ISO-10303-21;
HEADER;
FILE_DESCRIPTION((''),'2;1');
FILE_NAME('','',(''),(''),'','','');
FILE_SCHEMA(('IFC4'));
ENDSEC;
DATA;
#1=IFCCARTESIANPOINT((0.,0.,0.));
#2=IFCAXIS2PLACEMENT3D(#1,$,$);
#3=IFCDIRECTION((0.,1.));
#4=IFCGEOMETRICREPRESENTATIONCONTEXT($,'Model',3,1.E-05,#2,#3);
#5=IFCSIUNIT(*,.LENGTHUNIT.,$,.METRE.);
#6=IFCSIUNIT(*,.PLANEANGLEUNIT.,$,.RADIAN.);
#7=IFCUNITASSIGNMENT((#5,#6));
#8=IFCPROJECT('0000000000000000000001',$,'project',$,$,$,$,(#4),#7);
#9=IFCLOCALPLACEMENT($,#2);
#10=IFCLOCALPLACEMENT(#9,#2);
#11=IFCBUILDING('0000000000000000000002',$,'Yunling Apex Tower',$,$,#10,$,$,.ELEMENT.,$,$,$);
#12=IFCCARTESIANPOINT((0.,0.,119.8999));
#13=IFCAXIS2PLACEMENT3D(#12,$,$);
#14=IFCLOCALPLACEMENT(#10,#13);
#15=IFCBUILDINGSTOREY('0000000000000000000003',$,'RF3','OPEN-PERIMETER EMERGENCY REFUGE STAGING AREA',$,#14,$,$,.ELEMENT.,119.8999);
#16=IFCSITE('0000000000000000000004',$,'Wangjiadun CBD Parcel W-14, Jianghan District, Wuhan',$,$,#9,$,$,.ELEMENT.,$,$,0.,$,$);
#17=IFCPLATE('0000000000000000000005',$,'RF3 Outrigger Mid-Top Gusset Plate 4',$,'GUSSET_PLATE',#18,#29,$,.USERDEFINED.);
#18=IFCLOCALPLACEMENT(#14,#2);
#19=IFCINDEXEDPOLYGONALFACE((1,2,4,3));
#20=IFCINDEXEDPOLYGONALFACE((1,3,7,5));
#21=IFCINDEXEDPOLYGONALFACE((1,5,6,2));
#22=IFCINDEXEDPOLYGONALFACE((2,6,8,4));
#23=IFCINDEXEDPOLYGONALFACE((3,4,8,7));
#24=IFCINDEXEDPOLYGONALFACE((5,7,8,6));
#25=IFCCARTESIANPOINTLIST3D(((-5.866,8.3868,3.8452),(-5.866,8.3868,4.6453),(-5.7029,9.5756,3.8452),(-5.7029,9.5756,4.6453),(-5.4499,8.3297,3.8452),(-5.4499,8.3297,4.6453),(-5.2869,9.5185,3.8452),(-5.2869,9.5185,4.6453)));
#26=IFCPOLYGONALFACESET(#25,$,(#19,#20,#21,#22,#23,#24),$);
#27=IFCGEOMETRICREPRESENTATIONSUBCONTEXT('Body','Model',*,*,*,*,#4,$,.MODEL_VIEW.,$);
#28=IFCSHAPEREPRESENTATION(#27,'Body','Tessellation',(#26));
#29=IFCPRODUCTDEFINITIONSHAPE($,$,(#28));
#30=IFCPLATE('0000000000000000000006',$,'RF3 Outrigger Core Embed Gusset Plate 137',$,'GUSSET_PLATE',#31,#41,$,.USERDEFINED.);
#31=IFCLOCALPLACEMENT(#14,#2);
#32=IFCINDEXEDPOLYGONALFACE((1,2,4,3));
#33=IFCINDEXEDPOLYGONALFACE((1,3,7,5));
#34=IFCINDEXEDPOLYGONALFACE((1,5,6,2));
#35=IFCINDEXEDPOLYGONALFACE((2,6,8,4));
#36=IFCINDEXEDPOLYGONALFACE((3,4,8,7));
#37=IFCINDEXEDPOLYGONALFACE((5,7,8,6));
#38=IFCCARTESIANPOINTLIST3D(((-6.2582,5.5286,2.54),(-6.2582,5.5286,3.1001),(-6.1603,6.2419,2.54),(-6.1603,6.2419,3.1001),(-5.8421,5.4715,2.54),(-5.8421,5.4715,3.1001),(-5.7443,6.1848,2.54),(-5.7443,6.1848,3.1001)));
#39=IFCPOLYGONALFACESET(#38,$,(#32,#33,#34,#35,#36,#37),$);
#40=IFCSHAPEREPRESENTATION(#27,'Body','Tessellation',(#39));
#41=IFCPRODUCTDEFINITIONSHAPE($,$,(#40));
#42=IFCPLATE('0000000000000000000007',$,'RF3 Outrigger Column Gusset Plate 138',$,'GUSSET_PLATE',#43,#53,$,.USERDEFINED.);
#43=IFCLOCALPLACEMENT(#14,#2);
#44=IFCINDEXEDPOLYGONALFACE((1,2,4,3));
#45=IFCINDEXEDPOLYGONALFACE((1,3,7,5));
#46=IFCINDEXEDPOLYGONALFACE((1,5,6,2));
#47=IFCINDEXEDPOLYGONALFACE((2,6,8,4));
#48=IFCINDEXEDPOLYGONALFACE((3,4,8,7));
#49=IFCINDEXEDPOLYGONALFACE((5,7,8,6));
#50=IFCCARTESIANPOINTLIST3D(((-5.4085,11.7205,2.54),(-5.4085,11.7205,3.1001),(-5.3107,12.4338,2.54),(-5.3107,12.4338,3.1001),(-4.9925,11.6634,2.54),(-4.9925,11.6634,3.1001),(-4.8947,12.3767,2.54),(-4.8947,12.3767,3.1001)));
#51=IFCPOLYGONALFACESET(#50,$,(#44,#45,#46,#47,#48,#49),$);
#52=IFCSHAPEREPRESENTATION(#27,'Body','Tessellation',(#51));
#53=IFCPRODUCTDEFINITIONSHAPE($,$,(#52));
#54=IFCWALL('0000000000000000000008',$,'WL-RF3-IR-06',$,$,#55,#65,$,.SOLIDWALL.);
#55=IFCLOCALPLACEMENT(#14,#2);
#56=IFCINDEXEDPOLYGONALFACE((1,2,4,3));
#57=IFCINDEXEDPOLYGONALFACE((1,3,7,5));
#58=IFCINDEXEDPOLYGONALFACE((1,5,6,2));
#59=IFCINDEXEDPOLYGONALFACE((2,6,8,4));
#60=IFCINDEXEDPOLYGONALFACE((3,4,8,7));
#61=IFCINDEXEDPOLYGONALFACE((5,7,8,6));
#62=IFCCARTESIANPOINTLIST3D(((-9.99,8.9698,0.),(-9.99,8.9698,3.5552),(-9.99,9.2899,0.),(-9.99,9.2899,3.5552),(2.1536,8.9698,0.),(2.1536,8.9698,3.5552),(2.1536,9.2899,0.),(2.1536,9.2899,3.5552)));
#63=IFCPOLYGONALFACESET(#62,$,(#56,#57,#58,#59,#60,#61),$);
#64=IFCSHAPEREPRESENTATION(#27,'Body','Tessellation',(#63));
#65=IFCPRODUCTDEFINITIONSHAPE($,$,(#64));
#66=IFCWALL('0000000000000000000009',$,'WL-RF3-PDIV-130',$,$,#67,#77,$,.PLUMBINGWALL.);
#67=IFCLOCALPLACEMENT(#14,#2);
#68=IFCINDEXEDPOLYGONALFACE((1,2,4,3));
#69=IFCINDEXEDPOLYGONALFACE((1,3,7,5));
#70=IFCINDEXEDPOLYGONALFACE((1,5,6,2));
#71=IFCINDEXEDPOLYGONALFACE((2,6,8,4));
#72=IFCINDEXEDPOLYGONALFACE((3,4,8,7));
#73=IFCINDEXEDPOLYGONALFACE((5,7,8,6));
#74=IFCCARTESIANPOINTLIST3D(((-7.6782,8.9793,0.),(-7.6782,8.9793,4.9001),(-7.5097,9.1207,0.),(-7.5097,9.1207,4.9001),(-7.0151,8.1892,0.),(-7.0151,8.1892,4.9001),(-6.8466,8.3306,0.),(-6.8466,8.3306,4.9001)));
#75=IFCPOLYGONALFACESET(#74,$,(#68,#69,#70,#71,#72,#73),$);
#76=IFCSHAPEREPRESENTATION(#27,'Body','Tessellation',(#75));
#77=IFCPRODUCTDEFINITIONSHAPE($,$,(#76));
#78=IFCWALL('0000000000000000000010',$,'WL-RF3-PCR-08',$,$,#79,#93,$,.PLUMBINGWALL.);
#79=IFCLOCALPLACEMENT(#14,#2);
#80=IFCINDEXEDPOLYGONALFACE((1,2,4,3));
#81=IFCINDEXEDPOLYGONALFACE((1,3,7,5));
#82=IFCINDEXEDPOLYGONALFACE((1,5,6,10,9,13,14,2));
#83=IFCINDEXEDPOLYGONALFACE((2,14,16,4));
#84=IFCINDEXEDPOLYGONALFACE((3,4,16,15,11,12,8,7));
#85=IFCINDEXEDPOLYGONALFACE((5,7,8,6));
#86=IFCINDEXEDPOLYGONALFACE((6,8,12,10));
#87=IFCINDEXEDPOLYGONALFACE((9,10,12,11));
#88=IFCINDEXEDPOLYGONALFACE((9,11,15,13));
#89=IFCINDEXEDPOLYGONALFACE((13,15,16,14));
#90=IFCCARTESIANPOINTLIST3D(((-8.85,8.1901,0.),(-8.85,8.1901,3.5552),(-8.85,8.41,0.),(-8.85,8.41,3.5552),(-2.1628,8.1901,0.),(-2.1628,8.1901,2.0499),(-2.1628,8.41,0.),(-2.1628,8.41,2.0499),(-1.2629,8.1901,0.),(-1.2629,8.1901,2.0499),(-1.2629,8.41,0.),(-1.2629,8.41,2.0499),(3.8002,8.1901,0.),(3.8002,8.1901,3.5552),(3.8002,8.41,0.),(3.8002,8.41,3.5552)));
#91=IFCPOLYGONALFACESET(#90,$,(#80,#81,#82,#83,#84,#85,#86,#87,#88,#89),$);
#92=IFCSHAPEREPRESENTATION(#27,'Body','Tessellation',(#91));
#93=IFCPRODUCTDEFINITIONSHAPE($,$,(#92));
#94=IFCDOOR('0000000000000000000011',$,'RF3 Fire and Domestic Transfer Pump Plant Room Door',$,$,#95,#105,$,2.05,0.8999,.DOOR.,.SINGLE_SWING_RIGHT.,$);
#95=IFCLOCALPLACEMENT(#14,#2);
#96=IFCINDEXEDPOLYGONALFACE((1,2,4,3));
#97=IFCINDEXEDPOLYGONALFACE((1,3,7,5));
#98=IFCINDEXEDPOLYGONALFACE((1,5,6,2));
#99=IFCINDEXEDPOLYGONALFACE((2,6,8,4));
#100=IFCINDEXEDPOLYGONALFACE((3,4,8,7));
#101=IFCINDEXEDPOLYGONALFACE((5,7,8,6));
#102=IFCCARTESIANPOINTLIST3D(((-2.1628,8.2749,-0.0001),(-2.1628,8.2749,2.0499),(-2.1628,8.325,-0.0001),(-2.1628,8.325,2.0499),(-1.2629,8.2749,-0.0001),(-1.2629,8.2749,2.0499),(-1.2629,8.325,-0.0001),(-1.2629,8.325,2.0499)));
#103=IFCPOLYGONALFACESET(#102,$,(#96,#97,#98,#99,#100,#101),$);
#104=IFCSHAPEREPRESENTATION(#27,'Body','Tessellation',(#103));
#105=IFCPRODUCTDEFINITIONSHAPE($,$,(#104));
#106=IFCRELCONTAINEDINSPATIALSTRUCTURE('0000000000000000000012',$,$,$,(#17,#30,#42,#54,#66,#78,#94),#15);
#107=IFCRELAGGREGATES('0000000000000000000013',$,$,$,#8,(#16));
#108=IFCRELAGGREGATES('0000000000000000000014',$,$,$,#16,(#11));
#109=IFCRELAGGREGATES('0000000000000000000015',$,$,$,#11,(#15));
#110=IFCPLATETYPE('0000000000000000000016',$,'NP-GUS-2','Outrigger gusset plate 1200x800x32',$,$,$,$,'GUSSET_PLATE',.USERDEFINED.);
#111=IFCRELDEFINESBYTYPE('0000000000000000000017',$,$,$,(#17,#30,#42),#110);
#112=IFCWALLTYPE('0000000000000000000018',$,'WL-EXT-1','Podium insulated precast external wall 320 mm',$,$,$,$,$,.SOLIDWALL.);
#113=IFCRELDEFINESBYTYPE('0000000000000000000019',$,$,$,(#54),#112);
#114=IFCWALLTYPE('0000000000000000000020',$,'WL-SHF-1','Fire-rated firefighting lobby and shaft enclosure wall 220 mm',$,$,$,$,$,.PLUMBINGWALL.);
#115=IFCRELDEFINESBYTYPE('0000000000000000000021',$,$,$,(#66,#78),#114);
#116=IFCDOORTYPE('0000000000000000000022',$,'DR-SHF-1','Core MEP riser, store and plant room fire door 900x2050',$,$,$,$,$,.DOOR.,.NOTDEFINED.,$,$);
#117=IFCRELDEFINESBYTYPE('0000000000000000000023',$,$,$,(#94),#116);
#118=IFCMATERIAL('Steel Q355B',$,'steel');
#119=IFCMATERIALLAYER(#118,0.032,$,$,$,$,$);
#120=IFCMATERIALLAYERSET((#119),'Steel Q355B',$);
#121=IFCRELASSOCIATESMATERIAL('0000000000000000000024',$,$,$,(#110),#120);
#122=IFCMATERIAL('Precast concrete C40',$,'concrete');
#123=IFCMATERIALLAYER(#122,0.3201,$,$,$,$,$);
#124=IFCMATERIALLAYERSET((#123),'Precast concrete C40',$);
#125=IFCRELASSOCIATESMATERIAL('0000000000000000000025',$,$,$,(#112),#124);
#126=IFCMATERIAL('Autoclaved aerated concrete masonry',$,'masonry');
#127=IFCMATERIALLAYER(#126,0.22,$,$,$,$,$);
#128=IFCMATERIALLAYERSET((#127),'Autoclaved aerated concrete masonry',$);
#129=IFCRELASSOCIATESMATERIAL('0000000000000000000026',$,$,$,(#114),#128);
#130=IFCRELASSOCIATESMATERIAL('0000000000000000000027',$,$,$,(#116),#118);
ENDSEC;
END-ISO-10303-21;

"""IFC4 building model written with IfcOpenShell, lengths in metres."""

from ifc_helpers import new_model, si_unit, direction, frame, frame_2d, origin, origin_2d, place, context, subcontext, project, spatial, rectangle, extrude, source, transform, mapped, material, layer, layer_set, type_object, element, fill, save


model = new_model("IFC4")

# Units and contexts
model_context = context("Model", 3, precision=1e-05, world=origin(), true_north=direction((0.0, 1.0)))
body_context = subcontext(model_context, "Body", "Model", "MODEL_VIEW")
ifc_project = project(units=[si_unit("LENGTHUNIT", "METRE"), si_unit("PLANEANGLEUNIT", "RADIAN")], contexts=[model_context])

# Site, building, storey
site_placement = place(None, origin())
site = spatial("IfcSite", under=ifc_project, at=site_placement, Name="Wangjiadun CBD Parcel W-14, Jianghan District, Wuhan", CompositionType="ELEMENT", RefElevation=0.0)
building_placement = place(site_placement, origin())
building = spatial("IfcBuilding", under=site, at=building_placement, Name="Yunling Apex Tower", CompositionType="ELEMENT")
storey_placement = place(building_placement, frame((0.0, 0.0, 119.8999)))
storey = spatial("IfcBuildingStorey", under=building, at=storey_placement, Name="RF3", Description="OPEN-PERIMETER EMERGENCY REFUGE STAGING AREA", CompositionType="ELEMENT", Elevation=119.8999)

# Shared definitions
ifc_material_1 = material(Name="Steel Q355B", Category="steel")

# Plates
ifc_layer_1 = layer(ifc_material_1, 0.032)
ifc_layer_set_1 = layer_set([ifc_layer_1], Name="Steel Q355B")
plate_type_1 = type_object("IfcPlateType", Name="NP-GUS-2", Description="Outrigger gusset plate 1200x800x32", ElementType="GUSSET_PLATE", PredefinedType="USERDEFINED", material=ifc_layer_set_1)
shared_shape_1 = source(origin(), body_context, "Body", "SweptSolid", [
    extrude(rectangle(XDim=1.2, YDim=0.4199, at=origin_2d()), origin(), (0.0, 0.0, 1.0), 0.8),
])
plate_1_placement = place(storey_placement, frame((-5.5764, 8.9526, 3.8452), z_axis=(0.0, 0.0, 1.0), x_axis=(0.135888, 0.990724, 0.0)))
element("IfcPlate", 1, at=plate_1_placement, inside=storey, type_object=plate_type_1, Name="RF3 Outrigger Mid-Top Gusset Plate 4", ObjectType="GUSSET_PLATE", PredefinedType="USERDEFINED", context=body_context, shape_type="MappedRepresentation", body=[
    mapped(shared_shape_1, transform((0.0, 0.0, 0.0), scale=1.0)),
])
shared_shape_2 = source(origin(), body_context, "Body", "SweptSolid", [
    extrude(rectangle(XDim=0.72, YDim=0.4199, at=origin_2d()), origin(), (0.0, 0.0, 1.0), 0.5601),
])
for number, where, z_axis, x_axis, name in (
    (2, (-6.0012, 5.8567, 2.54), (0.0, 0.0, 1.0), (0.135888, 0.990724, 0.0), "RF3 Outrigger Core Embed Gusset Plate 137"),
    (3, (-5.1516, 12.0486, 2.54), (0.0, 0.0, 1.0), (0.135888, 0.990724, 0.0), "RF3 Outrigger Column Gusset Plate 138"),
):
    element("IfcPlate", number, at=place(storey_placement, frame(where, z_axis=z_axis, x_axis=x_axis)), inside=storey, type_object=plate_type_1, Name=name, ObjectType="GUSSET_PLATE", PredefinedType="USERDEFINED", context=body_context, shape_type="MappedRepresentation", body=[
        mapped(shared_shape_2, transform((0.0, 0.0, 0.0), scale=1.0)),
    ])

# Walls
ifc_material_2 = material(Name="Precast concrete C40", Category="concrete")
ifc_layer_2 = layer(ifc_material_2, 0.3201)
ifc_layer_set_2 = layer_set([ifc_layer_2], Name="Precast concrete C40")
wall_type_1 = type_object("IfcWallType", Name="WL-EXT-1", Description="Podium insulated precast external wall 320 mm", PredefinedType="SOLIDWALL", material=ifc_layer_set_2)
wall_1_placement = place(storey_placement, frame((-9.99, 9.1299, 0.0), z_axis=(0.0, 0.0, 1.0), x_axis=(1.0, 0.0, 0.0)))
element("IfcWall", 4, at=wall_1_placement, inside=storey, type_object=wall_type_1, Name="WL-RF3-IR-06", PredefinedType="SOLIDWALL", context=body_context, shape_type="SweptSolid", body=[
    extrude(rectangle(XDim=12.1436, YDim=0.3201, at=frame_2d((6.0718, 0.0))), origin(), (0.0, 0.0, 1.0), 3.5552),
])
ifc_material_3 = material(Name="Autoclaved aerated concrete masonry", Category="masonry")
ifc_layer_3 = layer(ifc_material_3, 0.22)
ifc_layer_set_3 = layer_set([ifc_layer_3], Name="Autoclaved aerated concrete masonry")
wall_type_2 = type_object("IfcWallType", Name="WL-SHF-1", Description="Fire-rated firefighting lobby and shaft enclosure wall 220 mm", PredefinedType="PLUMBINGWALL", material=ifc_layer_set_3)
wall_2_placement = place(storey_placement, frame((-6.9309, 8.26, 0.0), z_axis=(0.0, 0.0, 1.0), x_axis=(-0.642881, 0.765966, 0.0)))
element("IfcWall", 5, at=wall_2_placement, inside=storey, type_object=wall_type_2, Name="WL-RF3-PDIV-130", PredefinedType="PLUMBINGWALL", context=body_context, shape_type="SweptSolid", body=[
    extrude(rectangle(XDim=1.0315, YDim=0.22, at=frame_2d((0.5156, 0.0))), origin(), (0.0, 0.0, 1.0), 4.9001),
])

# Wall, opening, door
wall_3_placement = place(storey_placement, frame((-8.8501, 8.3, 0.0), z_axis=(0.0, 0.0, 1.0), x_axis=(1.0, 0.0, 0.0)))
wall_3 = element("IfcWall", 6, at=wall_3_placement, inside=storey, type_object=wall_type_2, Name="WL-RF3-PCR-08", PredefinedType="PLUMBINGWALL", context=body_context, shape_type="SweptSolid", body=[
    extrude(rectangle(XDim=12.6501, YDim=0.22, at=frame_2d((6.3252, 0.0))), origin(), (0.0, 0.0, 1.0), 3.5552),
])
opening_placement = place(wall_3_placement, frame((6.6873, 0.0, 0.0)))
opening = element("IfcOpeningElement", 7, at=opening_placement, cuts=wall_3, PredefinedType="OPENING", context=body_context, shape_type="SweptSolid", body=[
    extrude(rectangle(XDim=0.8999, YDim=2.05, at=frame_2d((0.45, 1.0249))), frame((0.0, 0.1201, 0.0), z_axis=(0.0, -1.0, 0.0), x_axis=(1.0, 0.0, 0.0)), (0.0, 0.0, 1.0), 0.24),
])
door_type = type_object("IfcDoorType", Name="DR-SHF-1", Description="Core MEP riser, store and plant room fire door 900x2050", OperationType="NOTDEFINED", PredefinedType="DOOR", material=ifc_material_1)
door_placement = place(opening_placement, origin())
door = element("IfcDoor", 8, at=door_placement, inside=storey, type_object=door_type, Name="RF3 Fire and Domestic Transfer Pump Plant Room Door", OperationType="SINGLE_SWING_RIGHT", OverallHeight=2.05, OverallWidth=0.8999, PredefinedType="DOOR", context=body_context, shape_type="SweptSolid", body=[
    extrude(rectangle(XDim=0.8999, YDim=2.05, at=frame_2d((0.45, 1.0249))), frame((0.0, 0.0249, 0.0), z_axis=(0.0, -1.0, 0.0), x_axis=(1.0, 0.0, 0.0)), (0.0, 0.0, 1.0), 0.05),
])
fill(opening, door)

save(model, "model.ifc")
